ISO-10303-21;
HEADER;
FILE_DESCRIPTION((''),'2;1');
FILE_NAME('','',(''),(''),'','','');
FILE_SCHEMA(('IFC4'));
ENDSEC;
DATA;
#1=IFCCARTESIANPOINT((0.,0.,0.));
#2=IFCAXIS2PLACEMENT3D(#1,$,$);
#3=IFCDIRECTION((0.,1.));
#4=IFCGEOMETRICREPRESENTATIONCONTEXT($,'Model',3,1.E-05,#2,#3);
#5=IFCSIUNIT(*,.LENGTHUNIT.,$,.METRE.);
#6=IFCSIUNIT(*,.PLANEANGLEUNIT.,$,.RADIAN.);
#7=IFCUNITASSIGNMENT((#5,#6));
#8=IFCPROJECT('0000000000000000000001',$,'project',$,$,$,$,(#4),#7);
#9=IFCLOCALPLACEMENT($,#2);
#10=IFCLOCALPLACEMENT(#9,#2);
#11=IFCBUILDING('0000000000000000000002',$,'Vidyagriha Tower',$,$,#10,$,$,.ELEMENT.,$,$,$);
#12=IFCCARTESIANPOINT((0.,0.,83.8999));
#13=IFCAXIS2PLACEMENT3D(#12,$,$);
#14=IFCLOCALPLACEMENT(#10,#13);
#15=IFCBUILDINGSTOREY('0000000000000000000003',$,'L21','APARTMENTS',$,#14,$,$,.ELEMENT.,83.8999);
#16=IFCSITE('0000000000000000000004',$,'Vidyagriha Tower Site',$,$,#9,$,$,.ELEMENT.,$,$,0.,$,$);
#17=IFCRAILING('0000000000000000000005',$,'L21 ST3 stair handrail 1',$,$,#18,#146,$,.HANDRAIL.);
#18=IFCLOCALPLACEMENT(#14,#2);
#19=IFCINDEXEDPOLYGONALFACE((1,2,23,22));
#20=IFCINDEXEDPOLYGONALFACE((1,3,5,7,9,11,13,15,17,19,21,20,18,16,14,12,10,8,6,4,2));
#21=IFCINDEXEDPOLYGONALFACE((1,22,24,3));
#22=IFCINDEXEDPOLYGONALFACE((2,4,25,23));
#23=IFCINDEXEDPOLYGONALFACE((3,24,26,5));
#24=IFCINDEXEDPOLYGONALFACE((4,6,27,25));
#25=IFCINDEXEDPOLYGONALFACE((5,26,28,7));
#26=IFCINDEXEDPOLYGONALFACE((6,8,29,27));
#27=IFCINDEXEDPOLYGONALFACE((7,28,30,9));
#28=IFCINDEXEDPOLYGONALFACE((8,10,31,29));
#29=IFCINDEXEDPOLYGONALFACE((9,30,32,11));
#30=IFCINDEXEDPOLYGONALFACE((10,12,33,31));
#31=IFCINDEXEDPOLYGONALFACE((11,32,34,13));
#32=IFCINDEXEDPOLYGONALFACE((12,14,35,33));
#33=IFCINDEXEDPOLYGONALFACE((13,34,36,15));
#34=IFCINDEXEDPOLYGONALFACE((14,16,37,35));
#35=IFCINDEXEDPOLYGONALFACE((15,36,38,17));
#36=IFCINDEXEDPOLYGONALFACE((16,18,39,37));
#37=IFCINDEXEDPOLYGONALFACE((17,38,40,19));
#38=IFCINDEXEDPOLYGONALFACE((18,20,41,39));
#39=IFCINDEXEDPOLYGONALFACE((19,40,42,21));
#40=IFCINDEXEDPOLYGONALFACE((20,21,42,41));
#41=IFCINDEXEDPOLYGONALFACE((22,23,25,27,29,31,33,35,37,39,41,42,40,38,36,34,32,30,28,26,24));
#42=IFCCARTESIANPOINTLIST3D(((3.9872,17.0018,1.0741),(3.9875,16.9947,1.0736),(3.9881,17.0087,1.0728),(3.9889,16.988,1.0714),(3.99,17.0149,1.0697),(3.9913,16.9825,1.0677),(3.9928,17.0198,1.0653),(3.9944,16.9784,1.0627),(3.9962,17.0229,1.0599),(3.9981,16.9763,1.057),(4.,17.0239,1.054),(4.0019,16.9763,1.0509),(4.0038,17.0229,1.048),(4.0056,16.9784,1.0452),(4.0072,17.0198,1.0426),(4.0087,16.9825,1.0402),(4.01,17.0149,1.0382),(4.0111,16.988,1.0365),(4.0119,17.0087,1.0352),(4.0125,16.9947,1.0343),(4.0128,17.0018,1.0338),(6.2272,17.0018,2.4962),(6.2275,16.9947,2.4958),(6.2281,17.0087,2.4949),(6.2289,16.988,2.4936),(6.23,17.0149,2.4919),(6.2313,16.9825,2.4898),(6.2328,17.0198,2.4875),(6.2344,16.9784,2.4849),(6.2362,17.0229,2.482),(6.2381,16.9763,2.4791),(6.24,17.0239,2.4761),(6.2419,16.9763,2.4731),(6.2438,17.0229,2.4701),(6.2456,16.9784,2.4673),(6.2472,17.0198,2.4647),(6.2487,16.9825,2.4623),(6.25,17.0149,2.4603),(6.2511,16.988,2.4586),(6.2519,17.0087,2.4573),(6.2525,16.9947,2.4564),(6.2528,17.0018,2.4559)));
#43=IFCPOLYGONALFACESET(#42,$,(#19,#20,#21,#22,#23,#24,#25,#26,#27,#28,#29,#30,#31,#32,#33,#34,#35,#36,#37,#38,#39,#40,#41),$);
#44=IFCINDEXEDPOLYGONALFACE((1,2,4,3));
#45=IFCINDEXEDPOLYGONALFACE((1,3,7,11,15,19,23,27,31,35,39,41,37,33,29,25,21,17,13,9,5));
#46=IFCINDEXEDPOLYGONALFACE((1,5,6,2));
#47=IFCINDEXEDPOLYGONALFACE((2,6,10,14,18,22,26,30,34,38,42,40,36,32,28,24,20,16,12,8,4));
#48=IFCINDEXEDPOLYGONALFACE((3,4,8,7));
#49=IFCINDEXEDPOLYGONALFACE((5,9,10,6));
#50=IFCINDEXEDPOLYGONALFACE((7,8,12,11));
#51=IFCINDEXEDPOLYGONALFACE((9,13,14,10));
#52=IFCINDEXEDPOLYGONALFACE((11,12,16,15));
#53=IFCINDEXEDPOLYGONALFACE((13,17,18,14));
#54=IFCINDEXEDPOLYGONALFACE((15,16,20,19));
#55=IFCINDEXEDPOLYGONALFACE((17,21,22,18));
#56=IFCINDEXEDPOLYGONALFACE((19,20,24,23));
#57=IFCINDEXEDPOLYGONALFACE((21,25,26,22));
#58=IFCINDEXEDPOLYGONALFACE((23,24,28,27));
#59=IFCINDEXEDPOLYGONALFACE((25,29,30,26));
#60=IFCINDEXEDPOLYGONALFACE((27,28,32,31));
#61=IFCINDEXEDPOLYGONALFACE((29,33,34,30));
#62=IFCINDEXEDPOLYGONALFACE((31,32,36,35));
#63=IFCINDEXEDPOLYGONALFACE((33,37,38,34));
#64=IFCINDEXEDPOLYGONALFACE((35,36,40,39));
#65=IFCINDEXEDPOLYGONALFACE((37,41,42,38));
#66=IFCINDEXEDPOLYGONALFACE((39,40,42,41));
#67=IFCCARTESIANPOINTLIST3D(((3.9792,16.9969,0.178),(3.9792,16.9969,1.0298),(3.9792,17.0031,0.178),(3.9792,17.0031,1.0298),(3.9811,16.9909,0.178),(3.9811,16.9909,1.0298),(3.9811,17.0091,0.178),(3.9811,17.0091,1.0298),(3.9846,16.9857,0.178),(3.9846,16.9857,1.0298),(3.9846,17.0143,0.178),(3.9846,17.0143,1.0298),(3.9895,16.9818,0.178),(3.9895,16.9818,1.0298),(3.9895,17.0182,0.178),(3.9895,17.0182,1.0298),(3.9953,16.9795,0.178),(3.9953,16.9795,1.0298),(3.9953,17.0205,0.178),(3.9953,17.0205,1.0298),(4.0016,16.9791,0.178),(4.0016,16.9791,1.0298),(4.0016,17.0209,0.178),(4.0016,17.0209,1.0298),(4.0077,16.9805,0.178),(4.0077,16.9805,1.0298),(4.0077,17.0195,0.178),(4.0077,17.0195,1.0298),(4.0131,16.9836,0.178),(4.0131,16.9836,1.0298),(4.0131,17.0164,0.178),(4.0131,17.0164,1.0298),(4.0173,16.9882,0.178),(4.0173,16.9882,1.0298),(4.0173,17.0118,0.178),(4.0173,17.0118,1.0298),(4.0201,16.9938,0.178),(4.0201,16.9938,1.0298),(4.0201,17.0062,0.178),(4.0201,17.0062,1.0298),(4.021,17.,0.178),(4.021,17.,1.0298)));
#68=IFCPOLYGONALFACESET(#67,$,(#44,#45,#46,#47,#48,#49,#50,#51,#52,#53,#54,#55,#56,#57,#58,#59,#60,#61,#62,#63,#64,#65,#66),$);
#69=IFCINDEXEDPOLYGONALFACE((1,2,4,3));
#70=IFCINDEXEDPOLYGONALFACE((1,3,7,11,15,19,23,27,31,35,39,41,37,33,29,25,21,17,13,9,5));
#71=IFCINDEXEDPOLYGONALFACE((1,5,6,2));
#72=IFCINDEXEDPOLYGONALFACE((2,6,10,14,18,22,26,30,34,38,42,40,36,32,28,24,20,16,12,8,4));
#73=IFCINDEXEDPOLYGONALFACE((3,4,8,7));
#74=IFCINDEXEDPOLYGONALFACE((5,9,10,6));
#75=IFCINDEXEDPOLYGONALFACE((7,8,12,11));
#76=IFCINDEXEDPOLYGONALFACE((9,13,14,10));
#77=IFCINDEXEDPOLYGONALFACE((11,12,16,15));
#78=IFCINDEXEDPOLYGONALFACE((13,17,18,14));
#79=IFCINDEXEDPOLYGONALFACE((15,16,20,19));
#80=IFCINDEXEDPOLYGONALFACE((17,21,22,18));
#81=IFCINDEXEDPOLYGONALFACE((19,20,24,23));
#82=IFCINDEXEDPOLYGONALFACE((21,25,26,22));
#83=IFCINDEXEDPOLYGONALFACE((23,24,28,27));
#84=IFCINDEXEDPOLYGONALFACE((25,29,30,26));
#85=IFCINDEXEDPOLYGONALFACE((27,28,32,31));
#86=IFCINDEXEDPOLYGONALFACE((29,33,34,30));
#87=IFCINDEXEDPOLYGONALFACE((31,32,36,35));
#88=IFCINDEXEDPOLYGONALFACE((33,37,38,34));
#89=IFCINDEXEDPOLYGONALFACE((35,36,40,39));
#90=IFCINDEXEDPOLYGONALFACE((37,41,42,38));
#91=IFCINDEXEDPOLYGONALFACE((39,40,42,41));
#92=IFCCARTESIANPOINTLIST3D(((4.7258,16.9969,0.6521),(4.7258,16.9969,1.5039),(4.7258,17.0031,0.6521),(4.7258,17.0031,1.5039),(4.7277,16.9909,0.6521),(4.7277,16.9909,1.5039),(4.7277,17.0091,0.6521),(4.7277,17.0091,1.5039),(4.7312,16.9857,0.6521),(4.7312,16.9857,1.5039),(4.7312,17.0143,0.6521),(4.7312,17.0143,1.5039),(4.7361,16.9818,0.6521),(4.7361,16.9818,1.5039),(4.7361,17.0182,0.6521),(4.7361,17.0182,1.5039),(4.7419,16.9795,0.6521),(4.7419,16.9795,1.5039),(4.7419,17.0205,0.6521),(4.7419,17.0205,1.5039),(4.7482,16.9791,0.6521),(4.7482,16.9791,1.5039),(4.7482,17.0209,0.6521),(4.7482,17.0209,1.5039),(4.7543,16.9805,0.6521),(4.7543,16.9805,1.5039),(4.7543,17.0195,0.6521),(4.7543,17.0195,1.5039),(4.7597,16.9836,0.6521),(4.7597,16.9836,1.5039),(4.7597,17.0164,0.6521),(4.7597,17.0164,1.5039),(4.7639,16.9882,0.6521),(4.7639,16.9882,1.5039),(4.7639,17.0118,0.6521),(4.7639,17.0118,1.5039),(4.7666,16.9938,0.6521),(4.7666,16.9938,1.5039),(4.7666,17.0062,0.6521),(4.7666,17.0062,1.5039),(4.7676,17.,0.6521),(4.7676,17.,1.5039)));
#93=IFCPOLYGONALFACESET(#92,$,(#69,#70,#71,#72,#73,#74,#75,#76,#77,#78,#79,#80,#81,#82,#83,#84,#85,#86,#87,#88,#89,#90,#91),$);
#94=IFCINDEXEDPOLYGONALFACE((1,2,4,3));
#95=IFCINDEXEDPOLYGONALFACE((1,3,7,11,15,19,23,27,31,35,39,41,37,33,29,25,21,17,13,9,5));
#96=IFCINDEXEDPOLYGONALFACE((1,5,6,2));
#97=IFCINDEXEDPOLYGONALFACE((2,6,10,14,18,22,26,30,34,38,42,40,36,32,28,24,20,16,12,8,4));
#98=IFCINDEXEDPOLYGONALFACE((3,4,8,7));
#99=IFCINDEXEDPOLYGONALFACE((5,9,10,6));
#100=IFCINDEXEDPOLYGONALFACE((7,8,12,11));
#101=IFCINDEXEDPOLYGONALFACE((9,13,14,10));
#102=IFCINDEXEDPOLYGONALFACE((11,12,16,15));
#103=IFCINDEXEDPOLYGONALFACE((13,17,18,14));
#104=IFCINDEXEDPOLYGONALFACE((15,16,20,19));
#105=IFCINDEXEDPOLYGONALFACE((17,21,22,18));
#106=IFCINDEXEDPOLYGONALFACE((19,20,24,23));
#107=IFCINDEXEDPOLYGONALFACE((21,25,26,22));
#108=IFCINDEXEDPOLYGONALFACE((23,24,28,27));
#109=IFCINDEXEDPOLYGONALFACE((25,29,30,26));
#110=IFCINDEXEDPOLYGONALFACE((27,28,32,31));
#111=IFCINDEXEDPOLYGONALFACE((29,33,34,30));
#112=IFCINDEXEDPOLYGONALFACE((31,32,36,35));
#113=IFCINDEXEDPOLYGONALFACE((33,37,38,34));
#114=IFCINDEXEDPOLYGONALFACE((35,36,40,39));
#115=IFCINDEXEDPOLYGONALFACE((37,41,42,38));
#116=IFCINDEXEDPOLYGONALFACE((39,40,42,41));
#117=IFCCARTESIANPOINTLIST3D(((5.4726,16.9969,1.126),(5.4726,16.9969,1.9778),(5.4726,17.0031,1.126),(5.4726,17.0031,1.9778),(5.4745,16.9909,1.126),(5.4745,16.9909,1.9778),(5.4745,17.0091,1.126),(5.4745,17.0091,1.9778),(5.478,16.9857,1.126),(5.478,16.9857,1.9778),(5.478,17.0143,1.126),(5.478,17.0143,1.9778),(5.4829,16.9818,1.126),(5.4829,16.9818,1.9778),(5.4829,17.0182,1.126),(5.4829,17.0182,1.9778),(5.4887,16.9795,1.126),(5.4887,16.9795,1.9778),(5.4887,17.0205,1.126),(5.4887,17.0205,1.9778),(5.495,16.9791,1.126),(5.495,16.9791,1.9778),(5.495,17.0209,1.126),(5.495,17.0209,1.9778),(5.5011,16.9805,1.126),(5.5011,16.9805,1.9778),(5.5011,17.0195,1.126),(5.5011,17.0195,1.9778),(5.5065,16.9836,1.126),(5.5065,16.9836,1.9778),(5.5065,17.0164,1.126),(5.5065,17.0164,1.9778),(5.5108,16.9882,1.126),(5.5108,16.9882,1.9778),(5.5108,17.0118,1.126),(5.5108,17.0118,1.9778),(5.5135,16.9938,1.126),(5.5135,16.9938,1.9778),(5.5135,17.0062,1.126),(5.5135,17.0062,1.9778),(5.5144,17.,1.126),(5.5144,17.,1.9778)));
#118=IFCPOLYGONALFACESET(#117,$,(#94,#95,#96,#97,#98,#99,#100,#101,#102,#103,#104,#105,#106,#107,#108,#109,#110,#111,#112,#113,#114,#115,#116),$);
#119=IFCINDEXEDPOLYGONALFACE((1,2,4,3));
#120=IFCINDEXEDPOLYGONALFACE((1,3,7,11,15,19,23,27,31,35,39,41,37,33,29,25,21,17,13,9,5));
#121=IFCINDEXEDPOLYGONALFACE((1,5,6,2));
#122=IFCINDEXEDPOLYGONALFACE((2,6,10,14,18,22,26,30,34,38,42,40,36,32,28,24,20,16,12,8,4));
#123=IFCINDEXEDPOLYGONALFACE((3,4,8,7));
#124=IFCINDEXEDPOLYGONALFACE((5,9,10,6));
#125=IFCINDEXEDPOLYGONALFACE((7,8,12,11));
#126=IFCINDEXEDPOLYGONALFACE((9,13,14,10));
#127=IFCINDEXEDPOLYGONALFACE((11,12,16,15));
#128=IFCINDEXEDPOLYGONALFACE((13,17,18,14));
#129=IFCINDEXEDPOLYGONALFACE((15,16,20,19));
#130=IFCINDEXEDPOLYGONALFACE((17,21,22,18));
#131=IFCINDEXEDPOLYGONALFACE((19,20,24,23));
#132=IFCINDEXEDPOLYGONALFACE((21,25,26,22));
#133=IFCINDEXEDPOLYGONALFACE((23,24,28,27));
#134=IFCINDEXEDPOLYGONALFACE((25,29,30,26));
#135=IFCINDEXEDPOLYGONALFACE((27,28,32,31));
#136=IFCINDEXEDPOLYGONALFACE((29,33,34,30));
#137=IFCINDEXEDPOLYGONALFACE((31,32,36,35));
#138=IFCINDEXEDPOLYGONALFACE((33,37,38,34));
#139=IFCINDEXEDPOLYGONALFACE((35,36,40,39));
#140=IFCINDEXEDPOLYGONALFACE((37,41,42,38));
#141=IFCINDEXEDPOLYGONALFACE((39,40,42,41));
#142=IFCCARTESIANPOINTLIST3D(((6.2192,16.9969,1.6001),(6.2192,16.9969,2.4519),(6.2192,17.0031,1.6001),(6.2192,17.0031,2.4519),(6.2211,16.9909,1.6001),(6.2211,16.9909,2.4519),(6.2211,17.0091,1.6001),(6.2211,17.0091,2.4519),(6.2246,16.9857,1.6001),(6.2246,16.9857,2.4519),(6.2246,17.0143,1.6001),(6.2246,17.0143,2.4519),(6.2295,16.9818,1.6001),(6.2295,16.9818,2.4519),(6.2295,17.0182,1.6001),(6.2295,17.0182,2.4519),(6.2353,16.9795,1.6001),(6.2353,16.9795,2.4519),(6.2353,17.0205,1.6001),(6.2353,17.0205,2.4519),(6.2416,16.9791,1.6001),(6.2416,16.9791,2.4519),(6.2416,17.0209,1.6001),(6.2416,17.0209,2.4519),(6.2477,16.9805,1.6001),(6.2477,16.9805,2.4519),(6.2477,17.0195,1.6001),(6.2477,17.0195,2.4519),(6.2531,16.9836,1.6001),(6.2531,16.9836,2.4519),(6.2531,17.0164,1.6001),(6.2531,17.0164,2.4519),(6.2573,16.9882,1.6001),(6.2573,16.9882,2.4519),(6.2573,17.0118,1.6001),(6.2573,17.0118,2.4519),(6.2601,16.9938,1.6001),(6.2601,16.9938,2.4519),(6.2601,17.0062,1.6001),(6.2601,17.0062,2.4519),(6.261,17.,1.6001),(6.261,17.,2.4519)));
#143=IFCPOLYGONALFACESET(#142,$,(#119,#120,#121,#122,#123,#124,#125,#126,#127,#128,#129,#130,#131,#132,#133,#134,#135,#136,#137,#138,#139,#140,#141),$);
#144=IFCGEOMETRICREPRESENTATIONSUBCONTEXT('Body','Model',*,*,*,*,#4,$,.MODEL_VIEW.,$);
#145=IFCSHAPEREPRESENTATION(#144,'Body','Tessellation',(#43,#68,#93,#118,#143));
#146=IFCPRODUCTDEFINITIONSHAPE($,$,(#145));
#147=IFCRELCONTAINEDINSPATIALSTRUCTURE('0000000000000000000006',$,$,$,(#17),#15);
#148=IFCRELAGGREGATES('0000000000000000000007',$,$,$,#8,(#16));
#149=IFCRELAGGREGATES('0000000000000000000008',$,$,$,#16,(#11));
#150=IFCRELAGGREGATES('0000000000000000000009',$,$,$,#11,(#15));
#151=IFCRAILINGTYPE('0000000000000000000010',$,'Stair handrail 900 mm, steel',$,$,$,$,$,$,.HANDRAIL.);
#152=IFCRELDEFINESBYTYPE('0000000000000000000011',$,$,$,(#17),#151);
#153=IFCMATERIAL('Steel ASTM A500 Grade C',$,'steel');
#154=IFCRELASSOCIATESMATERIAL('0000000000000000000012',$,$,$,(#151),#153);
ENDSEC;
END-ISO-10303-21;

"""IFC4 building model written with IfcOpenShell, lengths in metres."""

from ifc_helpers import new_model, si_unit, direction, frame, origin, origin_2d, place, context, subcontext, project, spatial, circle, extrude, material, type_object, element, save


model = new_model("IFC4")

# Units and contexts
model_context = context("Model", 3, precision=1e-05, world=origin(), true_north=direction((0.0, 1.0)))
body_context = subcontext(model_context, "Body", "Model", "MODEL_VIEW")
ifc_project = project(units=[si_unit("LENGTHUNIT", "METRE"), si_unit("PLANEANGLEUNIT", "RADIAN")], contexts=[model_context])

# Site, building, storey
site_placement = place(None, origin())
site = spatial("IfcSite", under=ifc_project, at=site_placement, Name="Vidyagriha Tower Site", CompositionType="ELEMENT", RefElevation=0.0)
building_placement = place(site_placement, origin())
building = spatial("IfcBuilding", under=site, at=building_placement, Name="Vidyagriha Tower", CompositionType="ELEMENT")
storey_placement = place(building_placement, frame((0.0, 0.0, 83.8999)))
storey = spatial("IfcBuildingStorey", under=building, at=storey_placement, Name="L21", Description="APARTMENTS", CompositionType="ELEMENT", Elevation=83.8999)

# Railing
ifc_material_1 = material(Name="Steel ASTM A500 Grade C", Category="steel")
railing_type_1 = type_object("IfcRailingType", Name="Stair handrail 900 mm, steel", PredefinedType="HANDRAIL", material=ifc_material_1)
railing_1_placement = place(storey_placement, frame((4.0, 17.0, 0.178)))
element("IfcRailing", 1, at=railing_1_placement, inside=storey, type_object=railing_type_1, Name="L21 ST3 stair handrail 1", PredefinedType="HANDRAIL", context=body_context, shape_type="SweptSolid", body=[
    extrude(circle(Radius=0.0239, at=origin_2d()), frame((0.0, 0.0, 0.876), z_axis=(0.844229, 0.0, 0.535982), x_axis=(0.0, 1.0, 0.0)), (0.0, 0.0, 1.0), 2.6533),
    extrude(circle(Radius=0.021, at=origin_2d()), origin(), (0.0, 0.0, 1.0), 0.8518),
    extrude(circle(Radius=0.021, at=origin_2d()), frame((0.7466, 0.0, 0.4741)), (0.0, 0.0, 1.0), 0.8518),
    extrude(circle(Radius=0.021, at=origin_2d()), frame((1.4934, 0.0, 0.948)), (0.0, 0.0, 1.0), 0.8518),
    extrude(circle(Radius=0.021, at=origin_2d()), frame((2.24, 0.0, 1.4221)), (0.0, 0.0, 1.0), 0.8518),
])

save(model, "model.ifc")
